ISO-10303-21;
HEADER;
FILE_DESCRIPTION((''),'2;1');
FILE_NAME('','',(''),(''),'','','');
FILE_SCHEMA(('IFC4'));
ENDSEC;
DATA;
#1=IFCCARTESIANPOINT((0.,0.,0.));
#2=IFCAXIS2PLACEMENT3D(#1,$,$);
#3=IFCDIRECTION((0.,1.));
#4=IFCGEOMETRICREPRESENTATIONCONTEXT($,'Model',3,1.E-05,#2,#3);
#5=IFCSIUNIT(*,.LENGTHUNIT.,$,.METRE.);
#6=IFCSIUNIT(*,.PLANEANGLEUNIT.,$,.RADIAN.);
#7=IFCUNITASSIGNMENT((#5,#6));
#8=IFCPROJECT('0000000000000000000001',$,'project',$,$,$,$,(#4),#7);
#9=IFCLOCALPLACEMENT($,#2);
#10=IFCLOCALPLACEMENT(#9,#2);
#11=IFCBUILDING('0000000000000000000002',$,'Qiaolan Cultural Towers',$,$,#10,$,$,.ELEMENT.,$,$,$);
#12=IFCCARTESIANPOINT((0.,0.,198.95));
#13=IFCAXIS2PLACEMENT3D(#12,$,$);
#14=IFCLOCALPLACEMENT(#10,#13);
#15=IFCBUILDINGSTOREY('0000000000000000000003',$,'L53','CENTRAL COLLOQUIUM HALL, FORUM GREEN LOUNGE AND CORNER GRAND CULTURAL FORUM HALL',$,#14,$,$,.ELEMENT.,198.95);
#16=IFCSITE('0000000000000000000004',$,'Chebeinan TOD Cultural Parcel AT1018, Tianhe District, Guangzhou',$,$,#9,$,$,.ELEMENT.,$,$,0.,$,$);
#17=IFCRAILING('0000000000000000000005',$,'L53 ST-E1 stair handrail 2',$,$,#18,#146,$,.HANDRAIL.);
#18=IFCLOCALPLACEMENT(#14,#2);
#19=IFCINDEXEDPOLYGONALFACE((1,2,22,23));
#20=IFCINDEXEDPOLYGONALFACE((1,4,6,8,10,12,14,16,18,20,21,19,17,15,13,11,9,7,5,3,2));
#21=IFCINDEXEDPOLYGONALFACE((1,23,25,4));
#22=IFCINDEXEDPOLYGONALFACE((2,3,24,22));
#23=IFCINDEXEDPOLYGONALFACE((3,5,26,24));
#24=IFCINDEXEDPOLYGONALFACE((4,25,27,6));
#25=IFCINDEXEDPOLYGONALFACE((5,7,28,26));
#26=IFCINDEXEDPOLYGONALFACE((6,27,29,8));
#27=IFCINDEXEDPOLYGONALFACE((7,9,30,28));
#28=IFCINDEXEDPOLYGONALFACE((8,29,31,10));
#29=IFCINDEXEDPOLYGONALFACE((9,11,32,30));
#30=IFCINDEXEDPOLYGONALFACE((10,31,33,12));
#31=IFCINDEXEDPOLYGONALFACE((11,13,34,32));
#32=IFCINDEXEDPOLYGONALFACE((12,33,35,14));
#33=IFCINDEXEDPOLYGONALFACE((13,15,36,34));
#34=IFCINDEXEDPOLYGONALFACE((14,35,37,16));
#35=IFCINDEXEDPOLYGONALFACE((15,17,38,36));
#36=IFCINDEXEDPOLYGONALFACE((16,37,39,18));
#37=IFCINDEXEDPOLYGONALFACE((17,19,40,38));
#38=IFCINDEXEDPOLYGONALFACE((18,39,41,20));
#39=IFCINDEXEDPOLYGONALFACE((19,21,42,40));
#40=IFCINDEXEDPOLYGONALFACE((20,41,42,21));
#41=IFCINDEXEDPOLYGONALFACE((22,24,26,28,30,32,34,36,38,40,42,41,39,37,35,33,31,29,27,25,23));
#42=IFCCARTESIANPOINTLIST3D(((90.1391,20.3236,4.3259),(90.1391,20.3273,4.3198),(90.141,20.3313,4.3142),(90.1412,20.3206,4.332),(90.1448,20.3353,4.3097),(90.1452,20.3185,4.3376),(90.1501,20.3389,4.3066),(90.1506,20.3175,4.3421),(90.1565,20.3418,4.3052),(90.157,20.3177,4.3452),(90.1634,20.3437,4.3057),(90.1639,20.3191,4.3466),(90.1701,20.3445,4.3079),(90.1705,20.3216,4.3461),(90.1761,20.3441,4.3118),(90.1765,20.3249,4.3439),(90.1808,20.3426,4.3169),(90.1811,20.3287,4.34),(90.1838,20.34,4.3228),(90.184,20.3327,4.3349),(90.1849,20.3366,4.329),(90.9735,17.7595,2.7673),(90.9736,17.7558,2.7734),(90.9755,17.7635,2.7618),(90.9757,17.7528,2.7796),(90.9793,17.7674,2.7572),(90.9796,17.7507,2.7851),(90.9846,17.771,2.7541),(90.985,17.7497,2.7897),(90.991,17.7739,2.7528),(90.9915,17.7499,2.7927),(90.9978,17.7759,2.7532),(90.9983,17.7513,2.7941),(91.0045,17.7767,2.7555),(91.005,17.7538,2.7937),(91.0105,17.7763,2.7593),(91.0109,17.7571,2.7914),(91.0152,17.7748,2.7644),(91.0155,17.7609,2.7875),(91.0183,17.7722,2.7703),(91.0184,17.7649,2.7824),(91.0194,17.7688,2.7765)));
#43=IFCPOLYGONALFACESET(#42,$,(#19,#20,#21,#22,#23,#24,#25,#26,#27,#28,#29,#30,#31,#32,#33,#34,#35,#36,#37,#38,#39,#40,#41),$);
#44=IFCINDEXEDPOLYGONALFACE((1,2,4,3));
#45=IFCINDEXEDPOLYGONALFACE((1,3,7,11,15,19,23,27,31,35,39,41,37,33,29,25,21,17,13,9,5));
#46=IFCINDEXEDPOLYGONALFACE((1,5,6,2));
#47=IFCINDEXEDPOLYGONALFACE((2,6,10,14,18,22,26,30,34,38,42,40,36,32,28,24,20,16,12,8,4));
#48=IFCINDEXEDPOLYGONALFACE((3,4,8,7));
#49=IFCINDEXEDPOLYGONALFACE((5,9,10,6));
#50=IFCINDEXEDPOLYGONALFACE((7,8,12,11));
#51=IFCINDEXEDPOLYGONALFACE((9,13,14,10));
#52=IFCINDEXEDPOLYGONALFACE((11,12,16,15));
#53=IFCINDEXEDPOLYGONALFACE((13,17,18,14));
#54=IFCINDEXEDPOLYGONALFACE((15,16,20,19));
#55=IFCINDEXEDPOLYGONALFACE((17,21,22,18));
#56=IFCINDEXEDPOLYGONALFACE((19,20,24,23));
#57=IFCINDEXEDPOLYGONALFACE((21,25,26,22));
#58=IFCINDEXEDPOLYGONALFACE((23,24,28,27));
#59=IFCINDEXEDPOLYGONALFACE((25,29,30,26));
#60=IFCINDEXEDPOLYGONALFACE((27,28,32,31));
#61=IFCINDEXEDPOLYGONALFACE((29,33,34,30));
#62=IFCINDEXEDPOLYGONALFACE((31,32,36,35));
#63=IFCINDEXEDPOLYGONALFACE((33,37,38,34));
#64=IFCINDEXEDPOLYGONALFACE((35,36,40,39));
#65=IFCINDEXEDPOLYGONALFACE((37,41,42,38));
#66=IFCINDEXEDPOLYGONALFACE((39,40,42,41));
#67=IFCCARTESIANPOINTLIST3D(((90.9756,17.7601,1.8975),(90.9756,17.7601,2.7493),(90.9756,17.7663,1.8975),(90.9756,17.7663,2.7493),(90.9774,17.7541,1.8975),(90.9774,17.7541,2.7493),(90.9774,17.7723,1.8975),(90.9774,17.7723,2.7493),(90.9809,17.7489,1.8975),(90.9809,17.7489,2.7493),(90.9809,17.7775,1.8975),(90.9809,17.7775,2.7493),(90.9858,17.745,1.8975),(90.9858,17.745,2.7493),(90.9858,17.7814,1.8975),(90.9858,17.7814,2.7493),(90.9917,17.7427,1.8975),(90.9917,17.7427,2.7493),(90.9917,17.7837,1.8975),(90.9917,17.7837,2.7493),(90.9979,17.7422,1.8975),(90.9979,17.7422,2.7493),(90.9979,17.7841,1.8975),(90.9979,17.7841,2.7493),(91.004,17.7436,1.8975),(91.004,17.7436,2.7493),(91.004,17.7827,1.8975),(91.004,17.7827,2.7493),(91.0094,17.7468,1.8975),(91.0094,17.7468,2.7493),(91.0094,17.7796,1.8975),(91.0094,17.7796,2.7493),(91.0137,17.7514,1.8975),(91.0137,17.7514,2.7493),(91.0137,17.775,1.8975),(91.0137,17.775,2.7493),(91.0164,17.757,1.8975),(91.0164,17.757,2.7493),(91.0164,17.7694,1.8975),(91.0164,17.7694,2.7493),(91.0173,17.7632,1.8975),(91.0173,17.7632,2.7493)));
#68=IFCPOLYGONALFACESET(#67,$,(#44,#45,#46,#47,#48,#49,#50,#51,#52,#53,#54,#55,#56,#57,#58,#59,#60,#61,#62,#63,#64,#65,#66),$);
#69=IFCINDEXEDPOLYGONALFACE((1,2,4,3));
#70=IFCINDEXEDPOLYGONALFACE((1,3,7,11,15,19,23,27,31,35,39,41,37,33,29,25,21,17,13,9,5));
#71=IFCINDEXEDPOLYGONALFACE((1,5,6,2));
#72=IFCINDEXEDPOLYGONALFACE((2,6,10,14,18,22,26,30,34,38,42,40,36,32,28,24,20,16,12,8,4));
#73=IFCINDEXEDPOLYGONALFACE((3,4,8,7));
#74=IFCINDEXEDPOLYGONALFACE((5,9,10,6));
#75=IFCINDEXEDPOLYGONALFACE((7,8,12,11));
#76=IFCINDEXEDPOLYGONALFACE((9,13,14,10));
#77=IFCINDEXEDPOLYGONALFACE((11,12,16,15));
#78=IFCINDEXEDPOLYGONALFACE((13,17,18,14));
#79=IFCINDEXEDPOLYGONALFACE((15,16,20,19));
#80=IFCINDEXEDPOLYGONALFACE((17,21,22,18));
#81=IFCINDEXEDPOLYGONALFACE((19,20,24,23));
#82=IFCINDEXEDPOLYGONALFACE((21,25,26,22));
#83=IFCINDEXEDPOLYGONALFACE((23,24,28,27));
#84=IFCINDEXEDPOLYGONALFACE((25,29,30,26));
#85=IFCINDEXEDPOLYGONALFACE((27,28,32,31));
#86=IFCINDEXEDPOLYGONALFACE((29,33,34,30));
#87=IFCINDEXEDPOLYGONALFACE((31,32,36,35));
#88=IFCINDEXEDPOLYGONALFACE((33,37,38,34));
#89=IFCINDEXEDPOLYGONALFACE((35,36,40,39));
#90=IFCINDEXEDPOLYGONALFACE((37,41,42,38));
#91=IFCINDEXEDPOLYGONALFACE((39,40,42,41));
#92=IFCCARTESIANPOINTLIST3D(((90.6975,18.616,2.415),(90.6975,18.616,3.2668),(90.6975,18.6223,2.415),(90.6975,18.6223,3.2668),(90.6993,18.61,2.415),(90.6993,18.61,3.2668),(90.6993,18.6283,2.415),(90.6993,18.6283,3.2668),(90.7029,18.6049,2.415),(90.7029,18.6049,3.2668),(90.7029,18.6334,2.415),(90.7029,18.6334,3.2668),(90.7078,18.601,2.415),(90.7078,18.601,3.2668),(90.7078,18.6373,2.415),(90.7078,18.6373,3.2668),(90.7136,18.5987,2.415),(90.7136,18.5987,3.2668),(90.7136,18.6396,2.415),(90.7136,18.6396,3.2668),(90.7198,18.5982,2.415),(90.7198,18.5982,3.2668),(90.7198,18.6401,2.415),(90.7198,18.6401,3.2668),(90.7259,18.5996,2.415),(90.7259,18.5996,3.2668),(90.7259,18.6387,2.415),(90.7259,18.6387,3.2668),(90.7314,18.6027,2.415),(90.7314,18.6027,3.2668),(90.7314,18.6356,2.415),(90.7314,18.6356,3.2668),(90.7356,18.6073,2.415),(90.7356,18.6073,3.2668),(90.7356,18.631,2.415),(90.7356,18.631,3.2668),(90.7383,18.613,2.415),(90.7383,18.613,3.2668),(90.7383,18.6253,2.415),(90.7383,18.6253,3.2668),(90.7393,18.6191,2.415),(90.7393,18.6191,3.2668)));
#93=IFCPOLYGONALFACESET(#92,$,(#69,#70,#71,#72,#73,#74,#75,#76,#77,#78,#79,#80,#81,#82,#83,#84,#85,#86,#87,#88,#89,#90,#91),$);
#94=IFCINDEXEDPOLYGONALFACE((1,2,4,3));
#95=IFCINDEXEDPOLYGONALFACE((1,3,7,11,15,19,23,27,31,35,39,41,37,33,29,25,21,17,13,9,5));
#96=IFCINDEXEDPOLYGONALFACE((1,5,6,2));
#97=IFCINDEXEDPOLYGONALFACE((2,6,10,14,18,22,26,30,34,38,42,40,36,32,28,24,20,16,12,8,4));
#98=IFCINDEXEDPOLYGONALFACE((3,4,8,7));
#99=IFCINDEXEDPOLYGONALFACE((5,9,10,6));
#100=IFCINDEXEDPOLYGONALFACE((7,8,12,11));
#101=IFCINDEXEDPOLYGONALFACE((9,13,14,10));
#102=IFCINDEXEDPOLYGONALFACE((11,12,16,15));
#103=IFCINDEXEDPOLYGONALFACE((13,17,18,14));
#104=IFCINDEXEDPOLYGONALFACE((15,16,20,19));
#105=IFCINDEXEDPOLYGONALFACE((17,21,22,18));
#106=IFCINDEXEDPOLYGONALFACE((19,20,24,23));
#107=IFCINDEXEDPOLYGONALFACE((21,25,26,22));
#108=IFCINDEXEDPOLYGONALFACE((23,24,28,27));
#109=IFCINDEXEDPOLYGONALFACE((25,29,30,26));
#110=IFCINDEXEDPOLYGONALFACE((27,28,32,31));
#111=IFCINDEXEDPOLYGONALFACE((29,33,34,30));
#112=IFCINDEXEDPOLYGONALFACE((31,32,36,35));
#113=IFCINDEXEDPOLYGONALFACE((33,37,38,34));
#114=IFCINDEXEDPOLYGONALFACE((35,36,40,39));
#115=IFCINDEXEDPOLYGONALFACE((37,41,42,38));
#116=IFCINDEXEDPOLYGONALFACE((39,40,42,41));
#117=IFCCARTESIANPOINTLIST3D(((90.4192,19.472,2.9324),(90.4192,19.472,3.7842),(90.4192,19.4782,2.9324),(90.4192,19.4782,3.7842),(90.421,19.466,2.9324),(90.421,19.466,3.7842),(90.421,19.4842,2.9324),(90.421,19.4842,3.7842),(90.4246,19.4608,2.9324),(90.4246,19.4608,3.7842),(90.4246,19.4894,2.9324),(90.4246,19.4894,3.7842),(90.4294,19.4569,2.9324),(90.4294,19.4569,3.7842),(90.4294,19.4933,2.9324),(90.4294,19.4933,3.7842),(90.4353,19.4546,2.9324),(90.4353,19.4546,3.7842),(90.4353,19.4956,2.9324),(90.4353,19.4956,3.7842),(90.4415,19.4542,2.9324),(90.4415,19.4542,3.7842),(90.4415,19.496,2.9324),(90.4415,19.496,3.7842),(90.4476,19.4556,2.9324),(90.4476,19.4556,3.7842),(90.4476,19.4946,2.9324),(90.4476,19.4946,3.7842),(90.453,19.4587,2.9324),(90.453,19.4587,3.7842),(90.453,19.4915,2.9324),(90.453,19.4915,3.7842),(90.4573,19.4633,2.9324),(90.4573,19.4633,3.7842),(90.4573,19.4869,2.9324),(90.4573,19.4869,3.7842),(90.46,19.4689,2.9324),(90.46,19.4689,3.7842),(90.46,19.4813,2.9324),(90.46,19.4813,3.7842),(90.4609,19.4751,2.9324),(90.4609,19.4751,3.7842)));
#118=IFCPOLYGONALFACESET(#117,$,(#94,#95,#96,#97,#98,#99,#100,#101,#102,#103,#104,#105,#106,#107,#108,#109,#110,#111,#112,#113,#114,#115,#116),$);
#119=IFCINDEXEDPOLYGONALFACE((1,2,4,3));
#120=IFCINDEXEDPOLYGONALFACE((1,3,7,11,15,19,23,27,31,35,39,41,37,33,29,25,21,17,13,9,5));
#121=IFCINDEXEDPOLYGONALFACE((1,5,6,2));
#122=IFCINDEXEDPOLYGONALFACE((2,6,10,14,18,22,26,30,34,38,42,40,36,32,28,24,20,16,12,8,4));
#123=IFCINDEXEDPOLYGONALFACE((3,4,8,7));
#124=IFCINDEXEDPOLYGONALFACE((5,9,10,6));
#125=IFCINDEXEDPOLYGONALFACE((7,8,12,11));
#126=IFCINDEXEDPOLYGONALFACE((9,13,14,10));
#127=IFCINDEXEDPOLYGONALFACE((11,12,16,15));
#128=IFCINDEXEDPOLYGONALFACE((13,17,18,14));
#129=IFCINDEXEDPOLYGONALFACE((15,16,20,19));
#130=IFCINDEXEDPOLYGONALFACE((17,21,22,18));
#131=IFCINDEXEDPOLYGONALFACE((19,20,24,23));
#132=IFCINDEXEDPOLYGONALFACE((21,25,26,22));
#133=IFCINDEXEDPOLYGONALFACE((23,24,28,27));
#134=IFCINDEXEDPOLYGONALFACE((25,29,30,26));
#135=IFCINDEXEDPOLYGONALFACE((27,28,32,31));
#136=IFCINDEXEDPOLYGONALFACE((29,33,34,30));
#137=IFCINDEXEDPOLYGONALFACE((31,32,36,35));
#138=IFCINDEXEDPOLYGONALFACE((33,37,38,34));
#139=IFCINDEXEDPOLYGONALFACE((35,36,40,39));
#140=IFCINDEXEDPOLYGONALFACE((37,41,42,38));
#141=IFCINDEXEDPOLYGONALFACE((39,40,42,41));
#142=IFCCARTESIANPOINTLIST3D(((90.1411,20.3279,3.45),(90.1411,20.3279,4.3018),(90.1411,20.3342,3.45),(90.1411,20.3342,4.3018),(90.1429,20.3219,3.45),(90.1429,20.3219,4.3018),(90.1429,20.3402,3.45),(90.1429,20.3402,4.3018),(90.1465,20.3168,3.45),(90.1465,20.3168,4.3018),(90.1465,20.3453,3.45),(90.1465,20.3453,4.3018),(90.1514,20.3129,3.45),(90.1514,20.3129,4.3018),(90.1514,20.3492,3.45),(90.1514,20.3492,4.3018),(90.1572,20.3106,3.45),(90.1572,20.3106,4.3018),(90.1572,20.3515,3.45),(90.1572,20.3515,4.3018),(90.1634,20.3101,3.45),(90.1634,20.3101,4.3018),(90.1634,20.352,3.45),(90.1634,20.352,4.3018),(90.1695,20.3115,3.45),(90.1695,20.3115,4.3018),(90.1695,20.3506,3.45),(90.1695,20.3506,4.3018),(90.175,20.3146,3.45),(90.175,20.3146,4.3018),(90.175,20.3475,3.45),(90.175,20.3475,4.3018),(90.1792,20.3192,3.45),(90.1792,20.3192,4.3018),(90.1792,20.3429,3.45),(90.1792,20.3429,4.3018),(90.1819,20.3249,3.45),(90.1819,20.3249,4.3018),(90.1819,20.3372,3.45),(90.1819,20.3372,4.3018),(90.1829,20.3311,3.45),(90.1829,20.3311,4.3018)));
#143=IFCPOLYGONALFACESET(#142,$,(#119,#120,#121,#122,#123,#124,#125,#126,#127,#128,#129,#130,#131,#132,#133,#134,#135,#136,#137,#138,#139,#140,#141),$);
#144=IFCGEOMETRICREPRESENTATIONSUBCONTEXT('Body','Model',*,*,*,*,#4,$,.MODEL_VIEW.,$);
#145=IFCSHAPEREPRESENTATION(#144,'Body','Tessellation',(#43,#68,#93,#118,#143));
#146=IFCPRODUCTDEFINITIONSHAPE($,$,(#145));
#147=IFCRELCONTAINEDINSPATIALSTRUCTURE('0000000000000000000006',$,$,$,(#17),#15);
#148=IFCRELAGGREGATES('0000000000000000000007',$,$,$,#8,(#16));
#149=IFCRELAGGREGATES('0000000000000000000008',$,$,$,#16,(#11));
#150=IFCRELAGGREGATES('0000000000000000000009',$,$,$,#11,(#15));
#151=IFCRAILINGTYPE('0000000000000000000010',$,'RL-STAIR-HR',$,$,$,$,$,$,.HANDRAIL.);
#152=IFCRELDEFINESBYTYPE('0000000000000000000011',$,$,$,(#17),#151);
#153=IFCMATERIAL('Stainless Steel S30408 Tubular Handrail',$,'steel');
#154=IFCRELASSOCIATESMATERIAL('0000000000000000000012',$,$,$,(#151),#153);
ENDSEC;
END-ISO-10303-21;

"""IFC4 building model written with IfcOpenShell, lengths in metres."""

from ifc_helpers import new_model, si_unit, direction, frame, origin, origin_2d, place, context, subcontext, project, spatial, circle, extrude, material, type_object, element, save


model = new_model("IFC4")

# Units and contexts
model_context = context("Model", 3, precision=1e-05, world=origin(), true_north=direction((0.0, 1.0)))
body_context = subcontext(model_context, "Body", "Model", "MODEL_VIEW")
ifc_project = project(units=[si_unit("LENGTHUNIT", "METRE"), si_unit("PLANEANGLEUNIT", "RADIAN")], contexts=[model_context])

# Site, building, storey
site_placement = place(None, origin())
site = spatial("IfcSite", under=ifc_project, at=site_placement, Name="Chebeinan TOD Cultural Parcel AT1018, Tianhe District, Guangzhou", CompositionType="ELEMENT", RefElevation=0.0)
building_placement = place(site_placement, origin())
building = spatial("IfcBuilding", under=site, at=building_placement, Name="Qiaolan Cultural Towers", CompositionType="ELEMENT")
storey_placement = place(building_placement, frame((0.0, 0.0, 198.95)))
storey = spatial("IfcBuildingStorey", under=building, at=storey_placement, Name="L53", Description="CENTRAL COLLOQUIUM HALL, FORUM GREEN LOUNGE AND CORNER GRAND CULTURAL FORUM HALL", CompositionType="ELEMENT", Elevation=198.95)

# Railing
ifc_material_1 = material(Name="Stainless Steel S30408 Tubular Handrail", Category="steel")
railing_type = type_object("IfcRailingType", Name="RL-STAIR-HR", PredefinedType="HANDRAIL", material=ifc_material_1)
railing_placement = place(storey_placement, frame((90.9963, 17.7632, 1.8975)))
element("IfcRailing", 1, at=railing_placement, inside=storey, type_object=railing_type, Name="L53 ST-E1 stair handrail 2", PredefinedType="HANDRAIL", context=body_context, shape_type="SweptSolid", body=[
    extrude(circle(Radius=0.0239, at=origin_2d()), frame((0.0, 0.0, 0.876), z_axis=(-0.267926, 0.824471, 0.498461), x_axis=(-0.951043, -0.309057, 0.0)), (0.0, 0.0, 1.0), 3.1145),
    extrude(circle(Radius=0.021, at=origin_2d()), origin(), (0.0, 0.0, 1.0), 0.8518),
    extrude(circle(Radius=0.021, at=origin_2d()), frame((-0.2781, 0.856, 0.5176)), (0.0, 0.0, 1.0), 0.8518),
    extrude(circle(Radius=0.021, at=origin_2d()), frame((-0.5564, 1.7119, 1.0349)), (0.0, 0.0, 1.0), 0.8518),
    extrude(circle(Radius=0.021, at=origin_2d()), frame((-0.8345, 2.5679, 1.5525)), (0.0, 0.0, 1.0), 0.8518),
])

save(model, "model.ifc")
